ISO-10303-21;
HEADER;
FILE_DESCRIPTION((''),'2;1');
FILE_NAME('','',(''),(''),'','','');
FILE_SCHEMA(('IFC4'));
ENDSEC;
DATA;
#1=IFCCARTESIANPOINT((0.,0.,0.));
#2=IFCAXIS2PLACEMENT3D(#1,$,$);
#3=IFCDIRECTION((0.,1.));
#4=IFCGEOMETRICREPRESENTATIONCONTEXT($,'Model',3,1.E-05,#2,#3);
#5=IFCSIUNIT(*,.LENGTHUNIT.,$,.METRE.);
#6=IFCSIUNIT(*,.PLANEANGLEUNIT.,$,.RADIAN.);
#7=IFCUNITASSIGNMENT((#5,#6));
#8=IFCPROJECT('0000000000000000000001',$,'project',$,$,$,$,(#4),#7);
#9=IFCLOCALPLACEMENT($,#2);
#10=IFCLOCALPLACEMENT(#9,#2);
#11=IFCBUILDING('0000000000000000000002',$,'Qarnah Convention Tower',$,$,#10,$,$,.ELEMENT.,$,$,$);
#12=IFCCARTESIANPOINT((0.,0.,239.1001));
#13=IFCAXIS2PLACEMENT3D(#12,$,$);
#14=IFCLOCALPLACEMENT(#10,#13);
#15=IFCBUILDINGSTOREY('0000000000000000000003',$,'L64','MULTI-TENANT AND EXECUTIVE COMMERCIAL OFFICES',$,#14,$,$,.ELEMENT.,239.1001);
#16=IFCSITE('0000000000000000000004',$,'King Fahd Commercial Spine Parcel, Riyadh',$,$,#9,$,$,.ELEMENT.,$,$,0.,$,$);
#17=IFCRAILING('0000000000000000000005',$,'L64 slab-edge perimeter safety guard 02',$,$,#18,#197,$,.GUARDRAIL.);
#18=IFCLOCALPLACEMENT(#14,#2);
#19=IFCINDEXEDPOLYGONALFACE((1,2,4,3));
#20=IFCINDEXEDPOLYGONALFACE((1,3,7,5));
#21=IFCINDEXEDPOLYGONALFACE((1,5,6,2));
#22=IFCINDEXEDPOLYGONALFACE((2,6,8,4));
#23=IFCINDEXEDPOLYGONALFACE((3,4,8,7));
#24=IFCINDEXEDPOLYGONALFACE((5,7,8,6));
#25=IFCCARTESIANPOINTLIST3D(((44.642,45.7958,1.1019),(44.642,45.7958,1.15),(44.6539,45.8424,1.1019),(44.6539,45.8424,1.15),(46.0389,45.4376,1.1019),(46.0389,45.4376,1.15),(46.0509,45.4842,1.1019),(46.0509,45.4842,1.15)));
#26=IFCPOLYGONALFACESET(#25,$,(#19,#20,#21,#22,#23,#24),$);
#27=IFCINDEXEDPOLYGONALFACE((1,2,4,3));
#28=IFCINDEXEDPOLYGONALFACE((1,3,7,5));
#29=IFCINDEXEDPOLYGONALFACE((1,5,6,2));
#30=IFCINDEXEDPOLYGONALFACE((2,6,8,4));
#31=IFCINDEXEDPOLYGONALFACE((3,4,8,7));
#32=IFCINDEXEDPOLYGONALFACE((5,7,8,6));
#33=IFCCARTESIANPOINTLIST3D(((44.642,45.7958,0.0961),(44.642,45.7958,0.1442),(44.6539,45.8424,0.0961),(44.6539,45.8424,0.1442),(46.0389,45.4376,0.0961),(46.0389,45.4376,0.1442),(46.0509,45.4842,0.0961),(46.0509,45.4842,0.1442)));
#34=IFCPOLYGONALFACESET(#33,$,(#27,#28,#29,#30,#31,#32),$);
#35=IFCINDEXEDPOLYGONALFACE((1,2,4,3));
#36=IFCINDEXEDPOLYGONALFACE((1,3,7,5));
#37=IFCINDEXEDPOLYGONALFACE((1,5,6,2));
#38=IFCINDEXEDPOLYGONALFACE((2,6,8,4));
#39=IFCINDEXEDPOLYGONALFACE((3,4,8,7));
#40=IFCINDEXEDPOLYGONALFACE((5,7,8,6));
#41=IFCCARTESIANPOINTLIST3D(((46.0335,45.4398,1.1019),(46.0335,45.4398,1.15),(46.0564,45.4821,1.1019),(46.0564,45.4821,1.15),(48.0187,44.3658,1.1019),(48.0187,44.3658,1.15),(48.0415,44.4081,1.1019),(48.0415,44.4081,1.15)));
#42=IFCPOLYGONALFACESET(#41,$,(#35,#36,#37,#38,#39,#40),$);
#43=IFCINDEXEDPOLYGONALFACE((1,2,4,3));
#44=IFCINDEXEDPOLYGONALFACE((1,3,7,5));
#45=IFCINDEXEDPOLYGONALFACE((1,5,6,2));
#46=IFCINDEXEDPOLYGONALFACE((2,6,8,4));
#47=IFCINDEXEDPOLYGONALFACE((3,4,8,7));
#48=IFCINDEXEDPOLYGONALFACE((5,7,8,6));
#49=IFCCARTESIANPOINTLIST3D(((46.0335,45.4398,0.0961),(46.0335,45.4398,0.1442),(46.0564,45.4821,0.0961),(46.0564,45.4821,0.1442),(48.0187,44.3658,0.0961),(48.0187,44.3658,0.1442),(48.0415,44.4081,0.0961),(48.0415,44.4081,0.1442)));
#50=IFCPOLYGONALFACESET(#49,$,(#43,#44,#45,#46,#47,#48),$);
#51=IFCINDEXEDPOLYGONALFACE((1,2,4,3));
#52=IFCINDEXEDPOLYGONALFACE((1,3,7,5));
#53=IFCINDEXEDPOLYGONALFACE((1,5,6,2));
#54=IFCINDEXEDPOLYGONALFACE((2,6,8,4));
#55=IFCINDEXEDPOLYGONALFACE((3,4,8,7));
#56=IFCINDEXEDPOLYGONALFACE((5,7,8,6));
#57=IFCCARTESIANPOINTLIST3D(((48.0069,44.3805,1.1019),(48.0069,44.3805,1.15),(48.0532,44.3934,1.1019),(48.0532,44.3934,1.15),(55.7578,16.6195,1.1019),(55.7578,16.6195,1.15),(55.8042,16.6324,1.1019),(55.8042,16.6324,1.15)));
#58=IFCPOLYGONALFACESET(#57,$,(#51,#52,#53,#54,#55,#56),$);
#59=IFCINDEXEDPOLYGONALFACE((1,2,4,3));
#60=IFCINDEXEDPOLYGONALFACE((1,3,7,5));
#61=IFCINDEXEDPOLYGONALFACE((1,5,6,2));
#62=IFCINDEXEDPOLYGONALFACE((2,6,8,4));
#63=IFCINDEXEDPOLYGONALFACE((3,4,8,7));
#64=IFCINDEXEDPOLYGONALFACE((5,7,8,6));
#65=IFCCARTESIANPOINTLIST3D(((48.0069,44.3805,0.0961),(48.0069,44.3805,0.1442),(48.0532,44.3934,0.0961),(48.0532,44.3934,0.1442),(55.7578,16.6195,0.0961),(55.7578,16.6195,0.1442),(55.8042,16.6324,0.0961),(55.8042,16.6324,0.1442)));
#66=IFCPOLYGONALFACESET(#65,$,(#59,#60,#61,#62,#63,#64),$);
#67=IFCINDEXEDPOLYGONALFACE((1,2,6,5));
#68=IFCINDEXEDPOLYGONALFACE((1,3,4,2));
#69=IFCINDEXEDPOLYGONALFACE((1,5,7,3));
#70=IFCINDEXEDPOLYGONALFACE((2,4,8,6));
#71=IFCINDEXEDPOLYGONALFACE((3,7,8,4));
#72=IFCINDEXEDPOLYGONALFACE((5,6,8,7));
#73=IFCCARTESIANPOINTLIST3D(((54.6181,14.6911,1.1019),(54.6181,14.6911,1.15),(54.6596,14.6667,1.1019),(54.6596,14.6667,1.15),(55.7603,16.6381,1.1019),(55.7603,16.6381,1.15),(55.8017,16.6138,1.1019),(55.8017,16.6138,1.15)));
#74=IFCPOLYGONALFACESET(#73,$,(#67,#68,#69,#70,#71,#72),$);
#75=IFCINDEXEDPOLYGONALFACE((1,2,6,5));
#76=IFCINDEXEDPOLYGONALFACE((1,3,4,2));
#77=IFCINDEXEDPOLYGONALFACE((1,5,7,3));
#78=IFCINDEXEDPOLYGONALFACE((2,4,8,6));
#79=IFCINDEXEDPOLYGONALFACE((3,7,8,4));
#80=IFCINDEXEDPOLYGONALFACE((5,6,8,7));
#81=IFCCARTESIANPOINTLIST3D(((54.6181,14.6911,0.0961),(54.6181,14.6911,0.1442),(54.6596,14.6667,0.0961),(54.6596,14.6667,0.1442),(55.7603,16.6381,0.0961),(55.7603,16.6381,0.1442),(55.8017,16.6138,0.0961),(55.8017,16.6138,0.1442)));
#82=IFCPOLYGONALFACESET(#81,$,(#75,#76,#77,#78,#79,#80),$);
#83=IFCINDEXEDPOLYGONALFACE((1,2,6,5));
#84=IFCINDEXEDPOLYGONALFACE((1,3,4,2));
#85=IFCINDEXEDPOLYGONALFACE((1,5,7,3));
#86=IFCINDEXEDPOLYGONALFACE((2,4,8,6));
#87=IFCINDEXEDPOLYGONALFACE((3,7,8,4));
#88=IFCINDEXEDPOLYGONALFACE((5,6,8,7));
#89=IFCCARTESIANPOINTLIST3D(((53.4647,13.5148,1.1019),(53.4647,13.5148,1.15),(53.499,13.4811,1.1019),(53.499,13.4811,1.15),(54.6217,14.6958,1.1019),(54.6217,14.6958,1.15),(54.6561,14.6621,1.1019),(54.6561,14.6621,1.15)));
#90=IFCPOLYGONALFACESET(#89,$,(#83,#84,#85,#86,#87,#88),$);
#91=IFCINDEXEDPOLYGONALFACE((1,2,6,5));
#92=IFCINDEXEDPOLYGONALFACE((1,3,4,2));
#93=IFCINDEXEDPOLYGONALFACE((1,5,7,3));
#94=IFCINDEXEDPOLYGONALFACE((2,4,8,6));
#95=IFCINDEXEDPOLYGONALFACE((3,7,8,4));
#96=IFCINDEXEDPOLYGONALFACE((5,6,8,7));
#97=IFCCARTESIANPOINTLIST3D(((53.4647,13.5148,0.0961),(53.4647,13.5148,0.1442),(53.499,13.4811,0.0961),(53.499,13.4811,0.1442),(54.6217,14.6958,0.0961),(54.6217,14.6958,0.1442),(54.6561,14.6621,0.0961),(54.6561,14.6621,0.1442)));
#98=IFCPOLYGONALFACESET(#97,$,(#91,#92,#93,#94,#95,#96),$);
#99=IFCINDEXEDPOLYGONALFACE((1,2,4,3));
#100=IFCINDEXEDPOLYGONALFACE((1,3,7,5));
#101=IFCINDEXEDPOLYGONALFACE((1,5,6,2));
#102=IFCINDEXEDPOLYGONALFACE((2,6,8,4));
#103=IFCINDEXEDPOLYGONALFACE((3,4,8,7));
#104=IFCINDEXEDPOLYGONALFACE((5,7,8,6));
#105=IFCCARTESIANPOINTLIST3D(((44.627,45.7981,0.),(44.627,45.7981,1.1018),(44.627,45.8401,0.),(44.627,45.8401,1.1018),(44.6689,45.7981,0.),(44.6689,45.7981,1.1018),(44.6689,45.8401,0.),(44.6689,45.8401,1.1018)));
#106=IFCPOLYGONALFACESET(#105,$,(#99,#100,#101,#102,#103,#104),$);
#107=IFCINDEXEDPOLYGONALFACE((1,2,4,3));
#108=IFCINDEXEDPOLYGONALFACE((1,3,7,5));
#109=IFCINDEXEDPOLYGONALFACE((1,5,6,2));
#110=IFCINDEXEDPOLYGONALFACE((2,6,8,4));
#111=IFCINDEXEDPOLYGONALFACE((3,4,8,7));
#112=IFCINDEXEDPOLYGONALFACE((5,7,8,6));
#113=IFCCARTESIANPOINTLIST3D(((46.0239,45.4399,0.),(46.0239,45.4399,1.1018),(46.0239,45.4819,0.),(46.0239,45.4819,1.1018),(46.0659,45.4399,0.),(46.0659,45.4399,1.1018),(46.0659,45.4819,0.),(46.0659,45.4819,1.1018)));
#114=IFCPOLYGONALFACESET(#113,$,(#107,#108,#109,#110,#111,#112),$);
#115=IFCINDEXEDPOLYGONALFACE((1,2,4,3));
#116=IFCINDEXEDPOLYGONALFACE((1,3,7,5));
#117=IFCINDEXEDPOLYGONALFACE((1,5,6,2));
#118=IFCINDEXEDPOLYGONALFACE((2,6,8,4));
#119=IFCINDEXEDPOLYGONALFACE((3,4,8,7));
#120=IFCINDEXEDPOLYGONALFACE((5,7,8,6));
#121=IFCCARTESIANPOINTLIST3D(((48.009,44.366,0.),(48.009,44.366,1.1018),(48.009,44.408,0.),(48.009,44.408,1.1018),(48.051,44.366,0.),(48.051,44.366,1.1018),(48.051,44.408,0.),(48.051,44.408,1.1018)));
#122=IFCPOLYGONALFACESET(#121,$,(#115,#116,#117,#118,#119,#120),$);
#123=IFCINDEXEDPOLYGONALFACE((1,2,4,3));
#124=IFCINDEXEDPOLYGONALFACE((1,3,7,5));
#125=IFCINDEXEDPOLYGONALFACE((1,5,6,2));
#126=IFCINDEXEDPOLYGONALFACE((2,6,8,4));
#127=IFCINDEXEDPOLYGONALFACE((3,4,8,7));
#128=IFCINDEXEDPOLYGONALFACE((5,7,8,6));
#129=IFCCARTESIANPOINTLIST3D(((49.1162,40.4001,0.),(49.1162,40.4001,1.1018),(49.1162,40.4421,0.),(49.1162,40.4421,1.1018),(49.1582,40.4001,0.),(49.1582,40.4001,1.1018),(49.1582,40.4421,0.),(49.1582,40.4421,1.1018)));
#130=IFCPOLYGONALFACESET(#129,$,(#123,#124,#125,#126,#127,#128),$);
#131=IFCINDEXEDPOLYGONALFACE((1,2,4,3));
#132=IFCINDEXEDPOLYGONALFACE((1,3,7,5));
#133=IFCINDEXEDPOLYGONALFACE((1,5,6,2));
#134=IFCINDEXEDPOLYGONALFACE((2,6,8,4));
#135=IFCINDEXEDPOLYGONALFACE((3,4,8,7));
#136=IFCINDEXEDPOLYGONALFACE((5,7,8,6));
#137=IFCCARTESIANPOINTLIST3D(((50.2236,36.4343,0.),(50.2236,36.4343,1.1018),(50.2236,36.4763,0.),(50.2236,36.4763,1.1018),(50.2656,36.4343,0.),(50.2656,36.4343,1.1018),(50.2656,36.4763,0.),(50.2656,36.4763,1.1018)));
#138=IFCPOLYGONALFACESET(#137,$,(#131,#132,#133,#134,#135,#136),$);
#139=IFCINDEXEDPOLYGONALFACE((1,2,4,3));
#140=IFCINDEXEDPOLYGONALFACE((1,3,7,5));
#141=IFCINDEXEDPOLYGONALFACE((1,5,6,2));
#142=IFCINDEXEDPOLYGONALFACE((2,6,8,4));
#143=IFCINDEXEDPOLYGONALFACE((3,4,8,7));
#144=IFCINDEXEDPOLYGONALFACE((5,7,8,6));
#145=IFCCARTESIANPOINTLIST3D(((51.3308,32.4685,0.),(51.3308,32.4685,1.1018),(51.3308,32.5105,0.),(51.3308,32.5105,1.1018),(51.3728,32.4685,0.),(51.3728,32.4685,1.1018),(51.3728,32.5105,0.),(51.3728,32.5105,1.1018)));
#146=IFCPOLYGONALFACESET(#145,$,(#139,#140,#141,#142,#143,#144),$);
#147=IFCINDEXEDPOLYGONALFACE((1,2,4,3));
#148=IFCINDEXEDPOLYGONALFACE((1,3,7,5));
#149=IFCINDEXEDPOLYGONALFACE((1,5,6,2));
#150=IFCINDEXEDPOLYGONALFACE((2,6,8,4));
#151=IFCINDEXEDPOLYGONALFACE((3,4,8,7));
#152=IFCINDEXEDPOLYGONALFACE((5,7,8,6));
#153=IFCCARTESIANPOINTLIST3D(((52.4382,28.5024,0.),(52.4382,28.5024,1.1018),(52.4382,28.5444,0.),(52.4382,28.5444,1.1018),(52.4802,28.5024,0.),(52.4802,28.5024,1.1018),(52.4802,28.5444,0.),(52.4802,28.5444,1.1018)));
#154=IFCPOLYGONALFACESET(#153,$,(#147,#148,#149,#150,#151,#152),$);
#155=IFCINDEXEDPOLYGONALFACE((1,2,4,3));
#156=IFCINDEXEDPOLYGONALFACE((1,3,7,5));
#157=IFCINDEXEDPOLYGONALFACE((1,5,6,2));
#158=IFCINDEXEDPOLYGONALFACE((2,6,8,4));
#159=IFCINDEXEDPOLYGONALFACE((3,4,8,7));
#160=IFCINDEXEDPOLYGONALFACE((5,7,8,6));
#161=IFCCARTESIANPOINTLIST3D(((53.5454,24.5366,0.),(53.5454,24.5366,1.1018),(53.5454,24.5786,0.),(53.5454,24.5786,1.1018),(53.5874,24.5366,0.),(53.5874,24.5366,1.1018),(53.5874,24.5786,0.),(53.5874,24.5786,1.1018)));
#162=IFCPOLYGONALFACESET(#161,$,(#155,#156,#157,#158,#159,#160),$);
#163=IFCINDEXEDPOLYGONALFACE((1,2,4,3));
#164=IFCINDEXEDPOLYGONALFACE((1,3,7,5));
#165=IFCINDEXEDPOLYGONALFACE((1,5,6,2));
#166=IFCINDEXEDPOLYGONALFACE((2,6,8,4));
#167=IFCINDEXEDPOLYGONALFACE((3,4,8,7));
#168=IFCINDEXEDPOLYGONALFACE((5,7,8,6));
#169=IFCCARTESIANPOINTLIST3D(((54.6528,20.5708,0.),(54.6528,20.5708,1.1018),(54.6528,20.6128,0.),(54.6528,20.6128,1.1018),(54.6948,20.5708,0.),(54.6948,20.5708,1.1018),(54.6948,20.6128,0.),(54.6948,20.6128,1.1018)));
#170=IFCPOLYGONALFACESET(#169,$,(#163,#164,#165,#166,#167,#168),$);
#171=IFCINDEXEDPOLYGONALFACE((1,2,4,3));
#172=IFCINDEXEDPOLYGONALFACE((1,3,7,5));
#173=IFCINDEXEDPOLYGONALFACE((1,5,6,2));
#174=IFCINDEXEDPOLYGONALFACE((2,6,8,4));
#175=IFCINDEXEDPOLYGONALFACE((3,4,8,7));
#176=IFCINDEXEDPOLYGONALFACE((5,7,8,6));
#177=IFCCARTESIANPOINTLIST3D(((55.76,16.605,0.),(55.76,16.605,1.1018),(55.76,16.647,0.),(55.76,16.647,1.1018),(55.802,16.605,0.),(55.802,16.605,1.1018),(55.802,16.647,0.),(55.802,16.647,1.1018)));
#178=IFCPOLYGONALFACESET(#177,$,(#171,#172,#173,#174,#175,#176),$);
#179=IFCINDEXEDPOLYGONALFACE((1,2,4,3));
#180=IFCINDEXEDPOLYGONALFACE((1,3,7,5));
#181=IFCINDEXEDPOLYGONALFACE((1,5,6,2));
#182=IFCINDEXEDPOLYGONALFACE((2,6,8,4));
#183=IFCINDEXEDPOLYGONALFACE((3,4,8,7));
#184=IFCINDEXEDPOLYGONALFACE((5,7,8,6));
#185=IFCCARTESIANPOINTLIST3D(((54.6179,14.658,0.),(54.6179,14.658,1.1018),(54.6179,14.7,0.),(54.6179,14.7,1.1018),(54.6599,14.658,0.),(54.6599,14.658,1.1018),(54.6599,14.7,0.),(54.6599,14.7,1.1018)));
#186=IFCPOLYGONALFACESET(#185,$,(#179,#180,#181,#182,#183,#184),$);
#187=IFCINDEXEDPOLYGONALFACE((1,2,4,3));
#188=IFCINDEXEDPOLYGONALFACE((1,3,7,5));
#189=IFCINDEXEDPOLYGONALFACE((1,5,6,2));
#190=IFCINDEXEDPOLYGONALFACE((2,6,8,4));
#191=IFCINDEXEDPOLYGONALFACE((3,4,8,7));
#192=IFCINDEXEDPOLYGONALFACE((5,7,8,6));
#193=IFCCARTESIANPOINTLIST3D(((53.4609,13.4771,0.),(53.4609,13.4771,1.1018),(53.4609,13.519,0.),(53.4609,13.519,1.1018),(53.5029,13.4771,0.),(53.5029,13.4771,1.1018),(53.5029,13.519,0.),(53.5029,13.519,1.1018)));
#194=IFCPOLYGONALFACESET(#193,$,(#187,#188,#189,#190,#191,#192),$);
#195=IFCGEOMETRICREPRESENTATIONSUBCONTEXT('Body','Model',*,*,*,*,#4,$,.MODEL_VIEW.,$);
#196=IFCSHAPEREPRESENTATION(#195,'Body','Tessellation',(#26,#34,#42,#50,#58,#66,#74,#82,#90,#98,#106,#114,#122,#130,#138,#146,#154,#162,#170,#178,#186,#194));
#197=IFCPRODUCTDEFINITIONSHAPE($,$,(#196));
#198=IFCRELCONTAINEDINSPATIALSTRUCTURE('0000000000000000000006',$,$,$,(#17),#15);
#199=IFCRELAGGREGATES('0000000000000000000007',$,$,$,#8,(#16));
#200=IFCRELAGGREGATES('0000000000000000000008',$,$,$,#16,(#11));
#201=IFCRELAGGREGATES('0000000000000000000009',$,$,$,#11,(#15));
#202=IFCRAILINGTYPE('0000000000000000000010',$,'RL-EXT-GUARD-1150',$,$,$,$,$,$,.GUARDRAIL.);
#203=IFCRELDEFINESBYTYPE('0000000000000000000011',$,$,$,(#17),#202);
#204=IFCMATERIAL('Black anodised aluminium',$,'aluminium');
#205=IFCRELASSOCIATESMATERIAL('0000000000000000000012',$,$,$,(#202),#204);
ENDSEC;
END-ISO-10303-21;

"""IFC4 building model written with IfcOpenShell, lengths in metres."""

from ifc_helpers import new_model, si_unit, direction, frame, origin, origin_2d, place, context, subcontext, project, spatial, rectangle, extrude, material, type_object, element, save


model = new_model("IFC4")

# Units and contexts
model_context = context("Model", 3, precision=1e-05, world=origin(), true_north=direction((0.0, 1.0)))
body_context = subcontext(model_context, "Body", "Model", "MODEL_VIEW")
ifc_project = project(units=[si_unit("LENGTHUNIT", "METRE"), si_unit("PLANEANGLEUNIT", "RADIAN")], contexts=[model_context])

# Site, building, storey
site_placement = place(None, origin())
site = spatial("IfcSite", under=ifc_project, at=site_placement, Name="King Fahd Commercial Spine Parcel, Riyadh", CompositionType="ELEMENT", RefElevation=0.0)
building_placement = place(site_placement, origin())
building = spatial("IfcBuilding", under=site, at=building_placement, Name="Qarnah Convention Tower", CompositionType="ELEMENT")
storey_placement = place(building_placement, frame((0.0, 0.0, 239.1001)))
storey = spatial("IfcBuildingStorey", under=building, at=storey_placement, Name="L64", Description="MULTI-TENANT AND EXECUTIVE COMMERCIAL OFFICES", CompositionType="ELEMENT", Elevation=239.1001)

# Shared definitions
ifc_material_1 = material(Name="Black anodised aluminium", Category="aluminium")

# Railing
railing_type = type_object("IfcRailingType", Name="RL-EXT-GUARD-1150", PredefinedType="GUARDRAIL", material=ifc_material_1)
railing_1_placement = place(storey_placement, frame((44.6479, 45.8191, 0.0)))
element("IfcRailing", 1, at=railing_1_placement, inside=storey, type_object=railing_type, Name="L64 slab-edge perimeter safety guard 02", PredefinedType="GUARDRAIL", context=body_context, shape_type="SweptSolid", body=[
    extrude(rectangle(XDim=0.0481, YDim=0.0481, at=origin_2d()), frame((0.0, 0.0, 1.126), z_axis=(0.968671, -0.248347, 0.0), x_axis=(0.248347, 0.968671, 0.0)), (0.0, 0.0, 1.0), 1.4421),
    extrude(rectangle(XDim=0.0481, YDim=0.0481, at=origin_2d()), frame((0.0, 0.0, 0.1201), z_axis=(0.968671, -0.248347, 0.0), x_axis=(0.248347, 0.968671, 0.0)), (0.0, 0.0, 1.0), 1.4421),
    extrude(rectangle(XDim=0.0481, YDim=0.0481, at=origin_2d()), frame((1.397, -0.3582, 1.126), z_axis=(0.879532, -0.475841, 0.0), x_axis=(0.475841, 0.879532, 0.0)), (0.0, 0.0, 1.0), 2.2571),
    extrude(rectangle(XDim=0.0481, YDim=0.0481, at=origin_2d()), frame((1.397, -0.3582, 0.1201), z_axis=(0.879532, -0.475841, 0.0), x_axis=(0.475841, 0.879532, 0.0)), (0.0, 0.0, 1.0), 2.2571),
    extrude(rectangle(XDim=0.0481, YDim=0.0481, at=origin_2d()), frame((3.3821, -1.4321, 1.126), z_axis=(0.268919, -0.963163, 0.0), x_axis=(0.963163, 0.268919, 0.0)), (0.0, 0.0, 1.0), 28.8228),
    extrude(rectangle(XDim=0.0481, YDim=0.0481, at=origin_2d()), frame((3.3821, -1.4321, 0.1201), z_axis=(0.268919, -0.963163, 0.0), x_axis=(0.963163, 0.268919, 0.0)), (0.0, 0.0, 1.0), 28.8228),
    extrude(rectangle(XDim=0.0481, YDim=0.0481, at=origin_2d()), frame((11.1331, -29.1931, 1.126), z_axis=(-0.505961, -0.862556, 0.0), x_axis=(0.862556, -0.505961, 0.0)), (0.0, 0.0, 1.0), 2.2573),
    extrude(rectangle(XDim=0.0481, YDim=0.0481, at=origin_2d()), frame((11.1331, -29.1931, 0.1201), z_axis=(-0.505961, -0.862556, 0.0), x_axis=(0.862556, -0.505961, 0.0)), (0.0, 0.0, 1.0), 2.2573),
    extrude(rectangle(XDim=0.0481, YDim=0.0481, at=origin_2d()), frame((9.991, -31.1401, 1.126), z_axis=(-0.699834, -0.714306, 0.0), x_axis=(0.714306, -0.699834, 0.0)), (0.0, 0.0, 1.0), 1.6533),
    extrude(rectangle(XDim=0.0481, YDim=0.0481, at=origin_2d()), frame((9.991, -31.1401, 0.1201), z_axis=(-0.699834, -0.714306, 0.0), x_axis=(0.714306, -0.699834, 0.0)), (0.0, 0.0, 1.0), 1.6533),
    extrude(rectangle(XDim=0.042, YDim=0.042, at=origin_2d()), origin(), (0.0, 0.0, 1.0), 1.1018),
    extrude(rectangle(XDim=0.042, YDim=0.042, at=origin_2d()), frame((1.397, -0.3582, 0.0)), (0.0, 0.0, 1.0), 1.1018),
    extrude(rectangle(XDim=0.042, YDim=0.042, at=origin_2d()), frame((3.3821, -1.4321, 0.0)), (0.0, 0.0, 1.0), 1.1018),
    extrude(rectangle(XDim=0.042, YDim=0.042, at=origin_2d()), frame((4.4893, -5.3979, 0.0)), (0.0, 0.0, 1.0), 1.1018),
    extrude(rectangle(XDim=0.042, YDim=0.042, at=origin_2d()), frame((5.5967, -9.3638, 0.0)), (0.0, 0.0, 1.0), 1.1018),
    extrude(rectangle(XDim=0.042, YDim=0.042, at=origin_2d()), frame((6.7039, -13.3296, 0.0)), (0.0, 0.0, 1.0), 1.1018),
    extrude(rectangle(XDim=0.042, YDim=0.042, at=origin_2d()), frame((7.8113, -17.2957, 0.0)), (0.0, 0.0, 1.0), 1.1018),
    extrude(rectangle(XDim=0.042, YDim=0.042, at=origin_2d()), frame((8.9185, -21.2615, 0.0)), (0.0, 0.0, 1.0), 1.1018),
    extrude(rectangle(XDim=0.042, YDim=0.042, at=origin_2d()), frame((10.0259, -25.2273, 0.0)), (0.0, 0.0, 1.0), 1.1018),
    extrude(rectangle(XDim=0.042, YDim=0.042, at=origin_2d()), frame((11.1331, -29.1931, 0.0)), (0.0, 0.0, 1.0), 1.1018),
    extrude(rectangle(XDim=0.042, YDim=0.042, at=origin_2d()), frame((9.991, -31.1401, 0.0)), (0.0, 0.0, 1.0), 1.1018),
    extrude(rectangle(XDim=0.042, YDim=0.042, at=origin_2d()), frame((8.834, -32.321, 0.0)), (0.0, 0.0, 1.0), 1.1018),
])

save(model, "model.ifc")
